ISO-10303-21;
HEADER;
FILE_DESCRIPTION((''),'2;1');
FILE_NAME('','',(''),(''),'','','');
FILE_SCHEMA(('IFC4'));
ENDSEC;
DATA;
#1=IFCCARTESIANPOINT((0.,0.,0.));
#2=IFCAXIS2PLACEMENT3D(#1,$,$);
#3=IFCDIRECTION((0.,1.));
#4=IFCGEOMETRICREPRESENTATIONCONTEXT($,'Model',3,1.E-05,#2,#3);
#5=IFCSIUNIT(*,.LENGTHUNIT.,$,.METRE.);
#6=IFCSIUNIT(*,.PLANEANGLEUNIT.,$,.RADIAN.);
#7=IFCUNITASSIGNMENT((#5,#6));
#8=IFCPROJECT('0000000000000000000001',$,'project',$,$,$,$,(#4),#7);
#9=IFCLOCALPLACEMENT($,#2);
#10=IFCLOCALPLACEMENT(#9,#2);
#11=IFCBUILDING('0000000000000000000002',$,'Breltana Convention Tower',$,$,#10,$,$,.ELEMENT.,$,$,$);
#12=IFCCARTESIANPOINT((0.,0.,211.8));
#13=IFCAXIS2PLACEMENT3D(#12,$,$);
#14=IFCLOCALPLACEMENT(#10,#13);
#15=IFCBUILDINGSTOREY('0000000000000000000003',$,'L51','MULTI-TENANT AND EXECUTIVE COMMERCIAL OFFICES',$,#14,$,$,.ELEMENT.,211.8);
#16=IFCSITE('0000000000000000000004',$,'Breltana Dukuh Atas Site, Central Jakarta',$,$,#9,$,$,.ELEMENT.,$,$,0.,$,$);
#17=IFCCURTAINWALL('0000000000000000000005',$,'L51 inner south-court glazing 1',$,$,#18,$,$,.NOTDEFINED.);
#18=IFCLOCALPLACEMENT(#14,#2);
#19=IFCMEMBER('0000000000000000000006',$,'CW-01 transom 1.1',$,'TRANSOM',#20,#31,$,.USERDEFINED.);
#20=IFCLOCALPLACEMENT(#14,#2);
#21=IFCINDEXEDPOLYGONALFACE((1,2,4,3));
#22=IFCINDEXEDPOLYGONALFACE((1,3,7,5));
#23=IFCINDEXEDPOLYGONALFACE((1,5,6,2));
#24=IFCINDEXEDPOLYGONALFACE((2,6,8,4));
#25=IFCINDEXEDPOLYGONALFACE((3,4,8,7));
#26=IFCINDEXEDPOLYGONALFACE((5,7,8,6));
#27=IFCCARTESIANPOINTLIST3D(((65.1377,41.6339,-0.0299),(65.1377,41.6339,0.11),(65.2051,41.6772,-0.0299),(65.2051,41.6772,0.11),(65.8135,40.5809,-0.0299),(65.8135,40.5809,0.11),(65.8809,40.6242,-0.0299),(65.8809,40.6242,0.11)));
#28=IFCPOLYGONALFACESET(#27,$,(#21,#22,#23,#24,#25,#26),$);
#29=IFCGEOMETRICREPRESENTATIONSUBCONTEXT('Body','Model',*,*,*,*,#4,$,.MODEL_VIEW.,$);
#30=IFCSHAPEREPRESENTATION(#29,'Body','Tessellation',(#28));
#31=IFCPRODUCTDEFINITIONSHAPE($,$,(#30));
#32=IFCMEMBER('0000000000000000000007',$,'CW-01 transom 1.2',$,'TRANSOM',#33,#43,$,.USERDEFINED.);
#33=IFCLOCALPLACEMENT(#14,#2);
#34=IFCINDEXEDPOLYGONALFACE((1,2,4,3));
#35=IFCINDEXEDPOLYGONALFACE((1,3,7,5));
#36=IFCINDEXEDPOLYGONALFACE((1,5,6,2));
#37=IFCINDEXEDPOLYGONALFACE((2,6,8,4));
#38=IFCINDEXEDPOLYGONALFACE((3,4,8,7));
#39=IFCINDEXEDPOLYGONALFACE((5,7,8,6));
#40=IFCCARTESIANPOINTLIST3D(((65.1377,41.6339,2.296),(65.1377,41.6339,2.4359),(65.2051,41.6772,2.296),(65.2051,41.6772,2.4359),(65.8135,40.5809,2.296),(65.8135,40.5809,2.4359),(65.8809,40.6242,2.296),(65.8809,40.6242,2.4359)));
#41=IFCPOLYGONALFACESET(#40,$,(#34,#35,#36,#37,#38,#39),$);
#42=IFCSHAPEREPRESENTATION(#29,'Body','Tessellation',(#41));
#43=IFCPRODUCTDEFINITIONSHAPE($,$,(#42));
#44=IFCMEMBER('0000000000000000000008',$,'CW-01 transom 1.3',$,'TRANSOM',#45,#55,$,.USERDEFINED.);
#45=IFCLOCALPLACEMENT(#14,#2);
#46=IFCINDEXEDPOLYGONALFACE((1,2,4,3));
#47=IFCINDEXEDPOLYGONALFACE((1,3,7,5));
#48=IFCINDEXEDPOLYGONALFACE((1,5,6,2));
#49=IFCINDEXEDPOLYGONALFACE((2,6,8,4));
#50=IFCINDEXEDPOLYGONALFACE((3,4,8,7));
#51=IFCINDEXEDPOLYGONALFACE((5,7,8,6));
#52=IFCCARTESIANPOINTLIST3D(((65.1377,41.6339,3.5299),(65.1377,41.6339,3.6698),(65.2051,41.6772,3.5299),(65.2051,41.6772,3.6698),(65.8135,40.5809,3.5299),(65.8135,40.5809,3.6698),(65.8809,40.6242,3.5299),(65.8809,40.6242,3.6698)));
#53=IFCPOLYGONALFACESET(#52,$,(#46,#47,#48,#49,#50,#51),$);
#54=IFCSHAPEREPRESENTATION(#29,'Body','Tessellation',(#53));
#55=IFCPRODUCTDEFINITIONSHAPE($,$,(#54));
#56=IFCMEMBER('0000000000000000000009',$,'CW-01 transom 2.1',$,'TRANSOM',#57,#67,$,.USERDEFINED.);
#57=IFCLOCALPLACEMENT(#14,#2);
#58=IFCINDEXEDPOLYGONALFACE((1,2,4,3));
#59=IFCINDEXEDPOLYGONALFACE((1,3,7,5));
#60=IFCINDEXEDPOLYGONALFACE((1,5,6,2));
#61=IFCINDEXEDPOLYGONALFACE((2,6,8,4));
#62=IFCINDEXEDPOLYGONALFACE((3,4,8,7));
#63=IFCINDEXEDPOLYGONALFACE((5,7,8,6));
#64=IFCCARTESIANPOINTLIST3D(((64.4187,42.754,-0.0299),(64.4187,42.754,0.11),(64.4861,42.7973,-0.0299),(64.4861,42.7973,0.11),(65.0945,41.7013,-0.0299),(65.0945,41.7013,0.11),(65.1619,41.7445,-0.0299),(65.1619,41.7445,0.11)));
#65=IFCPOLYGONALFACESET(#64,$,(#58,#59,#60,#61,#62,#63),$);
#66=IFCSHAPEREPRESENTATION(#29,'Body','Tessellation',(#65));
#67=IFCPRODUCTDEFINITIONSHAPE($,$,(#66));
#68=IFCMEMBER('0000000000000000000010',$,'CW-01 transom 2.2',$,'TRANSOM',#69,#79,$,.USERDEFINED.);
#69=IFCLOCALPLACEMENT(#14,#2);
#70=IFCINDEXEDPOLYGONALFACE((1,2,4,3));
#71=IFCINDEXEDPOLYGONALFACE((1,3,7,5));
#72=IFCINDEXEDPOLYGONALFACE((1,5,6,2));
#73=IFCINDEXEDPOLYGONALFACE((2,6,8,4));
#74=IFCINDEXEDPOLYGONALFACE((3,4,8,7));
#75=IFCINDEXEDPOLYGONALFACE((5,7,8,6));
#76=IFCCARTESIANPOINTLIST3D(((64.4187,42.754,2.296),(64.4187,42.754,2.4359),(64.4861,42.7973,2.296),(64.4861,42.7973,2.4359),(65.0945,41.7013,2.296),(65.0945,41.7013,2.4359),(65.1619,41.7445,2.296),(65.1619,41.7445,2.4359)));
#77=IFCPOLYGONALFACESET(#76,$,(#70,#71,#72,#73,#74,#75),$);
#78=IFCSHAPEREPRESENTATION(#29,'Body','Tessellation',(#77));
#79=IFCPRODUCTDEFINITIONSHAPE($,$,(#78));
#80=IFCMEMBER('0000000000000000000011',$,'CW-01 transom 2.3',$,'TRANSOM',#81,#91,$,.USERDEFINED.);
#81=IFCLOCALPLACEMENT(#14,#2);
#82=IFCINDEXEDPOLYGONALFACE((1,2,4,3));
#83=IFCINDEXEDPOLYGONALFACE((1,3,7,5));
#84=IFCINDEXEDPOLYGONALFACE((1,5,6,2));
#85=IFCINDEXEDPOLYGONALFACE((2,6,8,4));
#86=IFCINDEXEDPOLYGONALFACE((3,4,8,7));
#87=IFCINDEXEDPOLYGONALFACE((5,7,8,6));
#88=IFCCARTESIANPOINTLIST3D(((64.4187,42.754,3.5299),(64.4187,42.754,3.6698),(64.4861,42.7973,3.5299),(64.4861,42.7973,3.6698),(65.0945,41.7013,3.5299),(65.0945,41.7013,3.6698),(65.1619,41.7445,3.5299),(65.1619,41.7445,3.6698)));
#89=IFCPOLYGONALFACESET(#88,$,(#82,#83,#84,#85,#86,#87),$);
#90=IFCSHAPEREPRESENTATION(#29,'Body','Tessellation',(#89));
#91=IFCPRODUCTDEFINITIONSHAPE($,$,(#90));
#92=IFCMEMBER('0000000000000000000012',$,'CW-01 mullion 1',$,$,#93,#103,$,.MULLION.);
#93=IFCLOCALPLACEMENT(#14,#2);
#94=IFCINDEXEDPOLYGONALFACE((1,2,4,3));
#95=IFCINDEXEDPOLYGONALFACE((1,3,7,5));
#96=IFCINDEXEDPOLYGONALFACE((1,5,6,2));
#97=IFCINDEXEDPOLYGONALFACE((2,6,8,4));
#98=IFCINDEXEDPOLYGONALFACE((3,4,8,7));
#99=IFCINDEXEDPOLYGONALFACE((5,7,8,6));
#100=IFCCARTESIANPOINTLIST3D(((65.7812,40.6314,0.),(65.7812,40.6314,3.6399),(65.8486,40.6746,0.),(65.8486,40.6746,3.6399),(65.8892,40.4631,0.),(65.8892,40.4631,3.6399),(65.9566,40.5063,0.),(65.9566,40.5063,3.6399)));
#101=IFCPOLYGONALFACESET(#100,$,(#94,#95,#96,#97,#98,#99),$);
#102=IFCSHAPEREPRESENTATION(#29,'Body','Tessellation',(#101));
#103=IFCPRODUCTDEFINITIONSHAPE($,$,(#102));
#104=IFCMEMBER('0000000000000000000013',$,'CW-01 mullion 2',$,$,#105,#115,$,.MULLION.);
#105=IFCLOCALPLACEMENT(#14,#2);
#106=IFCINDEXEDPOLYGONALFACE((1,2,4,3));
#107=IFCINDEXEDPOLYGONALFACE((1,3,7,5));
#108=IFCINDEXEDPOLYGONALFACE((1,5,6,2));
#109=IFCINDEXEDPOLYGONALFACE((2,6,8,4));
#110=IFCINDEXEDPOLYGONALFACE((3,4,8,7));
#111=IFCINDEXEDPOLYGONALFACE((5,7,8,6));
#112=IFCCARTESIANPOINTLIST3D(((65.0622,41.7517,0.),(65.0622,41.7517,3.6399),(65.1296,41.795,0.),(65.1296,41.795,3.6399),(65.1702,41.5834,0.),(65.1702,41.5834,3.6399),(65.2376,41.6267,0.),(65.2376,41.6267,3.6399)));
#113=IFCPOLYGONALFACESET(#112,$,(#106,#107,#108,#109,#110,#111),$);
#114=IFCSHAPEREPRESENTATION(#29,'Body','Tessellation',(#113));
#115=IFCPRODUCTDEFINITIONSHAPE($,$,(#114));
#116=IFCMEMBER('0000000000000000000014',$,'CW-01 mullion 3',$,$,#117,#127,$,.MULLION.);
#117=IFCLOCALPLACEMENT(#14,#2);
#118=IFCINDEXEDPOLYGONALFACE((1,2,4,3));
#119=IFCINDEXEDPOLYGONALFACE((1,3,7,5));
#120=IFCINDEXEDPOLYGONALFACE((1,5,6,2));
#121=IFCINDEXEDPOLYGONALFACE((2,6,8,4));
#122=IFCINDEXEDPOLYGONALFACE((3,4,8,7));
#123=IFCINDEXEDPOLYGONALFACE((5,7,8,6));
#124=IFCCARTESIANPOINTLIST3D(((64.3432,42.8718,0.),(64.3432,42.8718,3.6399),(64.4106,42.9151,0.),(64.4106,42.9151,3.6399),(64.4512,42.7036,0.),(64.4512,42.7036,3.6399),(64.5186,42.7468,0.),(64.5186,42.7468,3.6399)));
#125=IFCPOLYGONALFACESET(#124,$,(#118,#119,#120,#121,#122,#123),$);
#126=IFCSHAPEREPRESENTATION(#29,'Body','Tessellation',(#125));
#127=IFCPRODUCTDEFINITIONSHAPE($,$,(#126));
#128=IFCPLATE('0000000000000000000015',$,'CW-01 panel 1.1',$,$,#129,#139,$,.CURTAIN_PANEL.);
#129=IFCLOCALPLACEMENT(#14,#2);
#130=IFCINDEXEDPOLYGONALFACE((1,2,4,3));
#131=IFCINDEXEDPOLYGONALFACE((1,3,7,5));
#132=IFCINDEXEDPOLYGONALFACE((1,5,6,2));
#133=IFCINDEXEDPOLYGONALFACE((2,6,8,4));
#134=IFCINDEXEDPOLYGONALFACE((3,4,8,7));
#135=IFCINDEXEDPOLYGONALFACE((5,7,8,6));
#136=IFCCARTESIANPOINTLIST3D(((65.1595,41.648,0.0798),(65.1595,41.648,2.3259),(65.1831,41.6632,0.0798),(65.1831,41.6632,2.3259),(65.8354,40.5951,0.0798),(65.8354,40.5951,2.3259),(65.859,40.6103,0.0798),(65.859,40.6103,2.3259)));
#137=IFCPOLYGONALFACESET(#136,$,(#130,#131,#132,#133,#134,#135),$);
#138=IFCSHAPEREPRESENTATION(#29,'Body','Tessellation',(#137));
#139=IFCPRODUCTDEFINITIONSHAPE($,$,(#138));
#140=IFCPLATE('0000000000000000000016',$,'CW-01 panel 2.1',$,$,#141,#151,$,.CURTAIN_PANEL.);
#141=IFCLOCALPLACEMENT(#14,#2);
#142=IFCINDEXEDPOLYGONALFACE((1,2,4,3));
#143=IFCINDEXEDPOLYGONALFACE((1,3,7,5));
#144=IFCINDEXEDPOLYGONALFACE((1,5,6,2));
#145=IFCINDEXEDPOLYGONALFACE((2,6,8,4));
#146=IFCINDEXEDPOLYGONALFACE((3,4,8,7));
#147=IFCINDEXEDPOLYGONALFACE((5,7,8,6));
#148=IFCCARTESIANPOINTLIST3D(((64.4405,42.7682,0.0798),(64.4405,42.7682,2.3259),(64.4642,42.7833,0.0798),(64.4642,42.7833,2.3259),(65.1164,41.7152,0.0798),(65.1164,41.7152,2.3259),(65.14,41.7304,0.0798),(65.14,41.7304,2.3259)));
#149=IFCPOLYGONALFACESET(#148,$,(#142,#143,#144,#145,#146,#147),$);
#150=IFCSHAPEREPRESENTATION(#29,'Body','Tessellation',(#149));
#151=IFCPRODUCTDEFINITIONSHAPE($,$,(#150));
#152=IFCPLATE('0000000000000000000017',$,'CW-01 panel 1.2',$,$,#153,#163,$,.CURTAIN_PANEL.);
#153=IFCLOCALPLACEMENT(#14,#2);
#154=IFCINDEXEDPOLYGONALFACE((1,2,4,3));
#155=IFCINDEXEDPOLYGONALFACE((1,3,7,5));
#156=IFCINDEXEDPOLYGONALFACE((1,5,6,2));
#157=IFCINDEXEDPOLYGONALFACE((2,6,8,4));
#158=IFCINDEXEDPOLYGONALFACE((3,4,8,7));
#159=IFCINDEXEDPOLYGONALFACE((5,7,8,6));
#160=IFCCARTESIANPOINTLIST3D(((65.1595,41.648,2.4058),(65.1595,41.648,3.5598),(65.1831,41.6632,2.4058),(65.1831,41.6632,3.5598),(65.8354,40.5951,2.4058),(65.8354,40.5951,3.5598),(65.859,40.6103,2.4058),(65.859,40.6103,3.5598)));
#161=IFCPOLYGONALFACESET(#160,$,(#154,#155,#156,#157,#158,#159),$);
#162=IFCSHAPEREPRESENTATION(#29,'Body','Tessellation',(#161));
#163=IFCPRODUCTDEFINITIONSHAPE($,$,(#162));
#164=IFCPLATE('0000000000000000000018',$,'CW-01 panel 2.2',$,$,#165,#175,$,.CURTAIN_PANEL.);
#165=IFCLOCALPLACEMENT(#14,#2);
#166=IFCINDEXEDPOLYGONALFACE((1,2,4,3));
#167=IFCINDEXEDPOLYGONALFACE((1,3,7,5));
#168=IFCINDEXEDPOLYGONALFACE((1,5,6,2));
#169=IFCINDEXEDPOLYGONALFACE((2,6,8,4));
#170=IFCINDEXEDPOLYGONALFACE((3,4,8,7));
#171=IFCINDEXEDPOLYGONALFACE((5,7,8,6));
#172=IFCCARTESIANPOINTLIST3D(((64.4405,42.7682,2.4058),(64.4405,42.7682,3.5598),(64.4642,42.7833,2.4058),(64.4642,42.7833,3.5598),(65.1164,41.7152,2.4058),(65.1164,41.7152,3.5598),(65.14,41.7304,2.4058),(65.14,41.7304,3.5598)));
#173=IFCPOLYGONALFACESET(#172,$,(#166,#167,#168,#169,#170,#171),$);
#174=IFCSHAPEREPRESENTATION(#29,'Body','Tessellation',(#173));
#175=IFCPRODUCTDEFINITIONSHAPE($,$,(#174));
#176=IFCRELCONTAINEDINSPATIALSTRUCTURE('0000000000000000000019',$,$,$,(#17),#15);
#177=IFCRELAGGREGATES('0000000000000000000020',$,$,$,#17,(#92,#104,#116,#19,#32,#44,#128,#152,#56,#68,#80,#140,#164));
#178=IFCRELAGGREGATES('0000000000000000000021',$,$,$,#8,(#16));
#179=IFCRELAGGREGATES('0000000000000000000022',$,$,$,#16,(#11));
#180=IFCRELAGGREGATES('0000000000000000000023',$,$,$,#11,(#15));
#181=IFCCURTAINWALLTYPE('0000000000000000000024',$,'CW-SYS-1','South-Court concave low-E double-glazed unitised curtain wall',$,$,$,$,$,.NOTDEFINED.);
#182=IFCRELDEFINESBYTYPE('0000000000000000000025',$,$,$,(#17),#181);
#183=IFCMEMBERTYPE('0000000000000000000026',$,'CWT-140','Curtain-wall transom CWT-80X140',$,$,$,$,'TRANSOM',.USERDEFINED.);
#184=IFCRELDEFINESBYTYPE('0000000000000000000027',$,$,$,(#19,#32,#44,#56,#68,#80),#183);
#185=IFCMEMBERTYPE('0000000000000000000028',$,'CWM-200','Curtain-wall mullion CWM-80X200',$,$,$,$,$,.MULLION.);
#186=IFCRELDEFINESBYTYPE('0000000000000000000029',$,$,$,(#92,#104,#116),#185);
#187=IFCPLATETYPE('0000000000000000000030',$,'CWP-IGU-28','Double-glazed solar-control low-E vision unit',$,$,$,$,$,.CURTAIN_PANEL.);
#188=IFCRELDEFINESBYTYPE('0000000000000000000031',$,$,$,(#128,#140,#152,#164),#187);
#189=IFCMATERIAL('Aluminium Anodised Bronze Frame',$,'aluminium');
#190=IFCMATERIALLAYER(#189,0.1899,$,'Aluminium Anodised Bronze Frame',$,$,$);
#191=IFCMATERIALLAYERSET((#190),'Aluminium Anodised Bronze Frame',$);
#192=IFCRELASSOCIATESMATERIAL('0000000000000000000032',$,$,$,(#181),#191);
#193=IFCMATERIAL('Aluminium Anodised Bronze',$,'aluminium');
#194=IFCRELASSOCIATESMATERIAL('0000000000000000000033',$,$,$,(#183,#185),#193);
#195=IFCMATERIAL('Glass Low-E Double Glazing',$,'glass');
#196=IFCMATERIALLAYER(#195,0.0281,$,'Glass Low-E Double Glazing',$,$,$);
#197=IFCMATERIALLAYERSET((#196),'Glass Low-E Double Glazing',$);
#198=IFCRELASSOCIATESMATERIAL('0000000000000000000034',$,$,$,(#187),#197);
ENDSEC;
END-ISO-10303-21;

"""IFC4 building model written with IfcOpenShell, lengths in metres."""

from ifc_helpers import new_model, si_unit, direction, frame, origin, origin_2d, place, context, subcontext, project, spatial, rectangle, extrude, source, transform, mapped, material, layer, layer_set, material_profile, profile_set, type_object, element, aggregate, save


model = new_model("IFC4")

# Units and contexts
model_context = context("Model", 3, precision=1e-05, world=origin(), true_north=direction((0.0, 1.0)))
body_context = subcontext(model_context, "Body", "Model", "MODEL_VIEW")
ifc_project = project(units=[si_unit("LENGTHUNIT", "METRE"), si_unit("PLANEANGLEUNIT", "RADIAN")], contexts=[model_context])

# Site, building, storey
site_placement = place(None, origin())
site = spatial("IfcSite", under=ifc_project, at=site_placement, Name="Breltana Dukuh Atas Site, Central Jakarta", CompositionType="ELEMENT", RefElevation=0.0)
building_placement = place(site_placement, origin())
building = spatial("IfcBuilding", under=site, at=building_placement, Name="Breltana Convention Tower", CompositionType="ELEMENT")
storey_placement = place(building_placement, frame((0.0, 0.0, 211.8)))
storey = spatial("IfcBuildingStorey", under=building, at=storey_placement, Name="L51", Description="MULTI-TENANT AND EXECUTIVE COMMERCIAL OFFICES", CompositionType="ELEMENT", Elevation=211.8)

# Curtain wall, members, plates
ifc_material_1 = material(Name="Aluminium Anodised Bronze Frame", Category="aluminium")
ifc_layer_1 = layer(ifc_material_1, 0.1899, Name="Aluminium Anodised Bronze Frame")
ifc_layer_set_1 = layer_set([ifc_layer_1], Name="Aluminium Anodised Bronze Frame")
curtain_wall_type = type_object("IfcCurtainWallType", Name="CW-SYS-1", Description="South-Court concave low-E double-glazed unitised curtain wall", PredefinedType="NOTDEFINED", material=ifc_layer_set_1)
curtain_wall_placement = place(storey_placement, origin())
curtain_wall = element("IfcCurtainWall", 1, at=curtain_wall_placement, inside=storey, type_object=curtain_wall_type, Name="L51 inner south-court glazing 1", PredefinedType="NOTDEFINED")
ifc_material_2 = material(Name="Aluminium Anodised Bronze", Category="aluminium")
ifc_material_profile_1 = material_profile(ifc_material_2, rectangle(XDim=0.0801, YDim=0.1399, at=origin_2d()), Name="CWT-80X140")
ifc_profile_set_1 = profile_set([ifc_material_profile_1], Name="Aluminium Anodised Bronze")
member_type_1 = type_object("IfcMemberType", Name="CWT-140", Description="Curtain-wall transom CWT-80X140", ElementType="TRANSOM", PredefinedType="USERDEFINED", material=ifc_profile_set_1)
shared_shape_1 = source(origin(), body_context, "Body", "SweptSolid", [
    extrude(rectangle(XDim=0.0801, YDim=0.1399, at=origin_2d()), origin(), (0.0, 0.0, 1.0), 1.2512),
])
member_1_placement = place(storey_placement, frame((65.8472, 40.6025, 0.04), z_axis=(-0.540116, 0.84159, 0.0), x_axis=(-0.84159, -0.540116, 0.0)))
member_1 = element("IfcMember", 2, at=member_1_placement, type_object=member_type_1, Name="CW-01 transom 1.1", ObjectType="TRANSOM", PredefinedType="USERDEFINED", context=body_context, shape_type="MappedRepresentation", body=[
    mapped(shared_shape_1, transform((0.0, 0.0, 0.0), scale=1.0)),
])
member_2_placement = place(storey_placement, frame((65.8472, 40.6025, 2.366), z_axis=(-0.540116, 0.84159, 0.0), x_axis=(-0.84159, -0.540116, 0.0)))
member_2 = element("IfcMember", 3, at=member_2_placement, type_object=member_type_1, Name="CW-01 transom 1.2", ObjectType="TRANSOM", PredefinedType="USERDEFINED", context=body_context, shape_type="MappedRepresentation", body=[
    mapped(shared_shape_1, transform((0.0, 0.0, 0.0), scale=1.0)),
])
member_3_placement = place(storey_placement, frame((65.8472, 40.6025, 3.5999), z_axis=(-0.540116, 0.84159, 0.0), x_axis=(-0.84159, -0.540116, 0.0)))
member_3 = element("IfcMember", 4, at=member_3_placement, type_object=member_type_1, Name="CW-01 transom 1.3", ObjectType="TRANSOM", PredefinedType="USERDEFINED", context=body_context, shape_type="MappedRepresentation", body=[
    mapped(shared_shape_1, transform((0.0, 0.0, 0.0), scale=1.0)),
])
shared_shape_2 = source(origin(), body_context, "Body", "SweptSolid", [
    extrude(rectangle(XDim=0.0801, YDim=0.1399, at=origin_2d()), origin(), (0.0, 0.0, 1.0), 1.251),
])
member_4_placement = place(storey_placement, frame((65.1282, 41.7229, 0.04), z_axis=(-0.540205, 0.841533, 0.0), x_axis=(-0.841533, -0.540205, 0.0)))
member_4 = element("IfcMember", 5, at=member_4_placement, type_object=member_type_1, Name="CW-01 transom 2.1", ObjectType="TRANSOM", PredefinedType="USERDEFINED", context=body_context, shape_type="MappedRepresentation", body=[
    mapped(shared_shape_2, transform((0.0, 0.0, 0.0), scale=1.0)),
])
member_5_placement = place(storey_placement, frame((65.1282, 41.7229, 2.366), z_axis=(-0.540205, 0.841533, 0.0), x_axis=(-0.841533, -0.540205, 0.0)))
member_5 = element("IfcMember", 6, at=member_5_placement, type_object=member_type_1, Name="CW-01 transom 2.2", ObjectType="TRANSOM", PredefinedType="USERDEFINED", context=body_context, shape_type="MappedRepresentation", body=[
    mapped(shared_shape_2, transform((0.0, 0.0, 0.0), scale=1.0)),
])
member_6_placement = place(storey_placement, frame((65.1282, 41.7229, 3.5999), z_axis=(-0.540205, 0.841533, 0.0), x_axis=(-0.841533, -0.540205, 0.0)))
member_6 = element("IfcMember", 7, at=member_6_placement, type_object=member_type_1, Name="CW-01 transom 2.3", ObjectType="TRANSOM", PredefinedType="USERDEFINED", context=body_context, shape_type="MappedRepresentation", body=[
    mapped(shared_shape_2, transform((0.0, 0.0, 0.0), scale=1.0)),
])
ifc_material_profile_2 = material_profile(ifc_material_2, rectangle(XDim=0.0801, YDim=0.2, at=origin_2d()), Name="CWM-80X200")
ifc_profile_set_2 = profile_set([ifc_material_profile_2], Name="Aluminium Anodised Bronze")
member_type_2 = type_object("IfcMemberType", Name="CWM-200", Description="Curtain-wall mullion CWM-80X200", PredefinedType="MULLION", material=ifc_profile_set_2)
shared_shape_3 = source(origin(), body_context, "Body", "SweptSolid", [
    extrude(rectangle(XDim=0.0801, YDim=0.2, at=origin_2d()), origin(), (0.0, 0.0, 1.0), 3.6399),
])
member_7_placement = place(storey_placement, frame((65.8689, 40.5688, 0.0), z_axis=(0.0, 0.0, 1.0), x_axis=(-0.841547, -0.540184, 0.0)))
member_7 = element("IfcMember", 8, at=member_7_placement, type_object=member_type_2, Name="CW-01 mullion 1", PredefinedType="MULLION", context=body_context, shape_type="MappedRepresentation", body=[
    mapped(shared_shape_3, transform((0.0, 0.0, 0.0), scale=1.0)),
])
member_8_placement = place(storey_placement, frame((65.1499, 41.6892, 0.0), z_axis=(0.0, 0.0, 1.0), x_axis=(-0.841547, -0.540184, 0.0)))
member_8 = element("IfcMember", 9, at=member_8_placement, type_object=member_type_2, Name="CW-01 mullion 2", PredefinedType="MULLION", context=body_context, shape_type="MappedRepresentation", body=[
    mapped(shared_shape_3, transform((0.0, 0.0, 0.0), scale=1.0)),
])
member_9_placement = place(storey_placement, frame((64.4309, 42.8093, 0.0), z_axis=(0.0, 0.0, 1.0), x_axis=(-0.841547, -0.540184, 0.0)))
member_9 = element("IfcMember", 10, at=member_9_placement, type_object=member_type_2, Name="CW-01 mullion 3", PredefinedType="MULLION", context=body_context, shape_type="MappedRepresentation", body=[
    mapped(shared_shape_3, transform((0.0, 0.0, 0.0), scale=1.0)),
])
ifc_material_3 = material(Name="Glass Low-E Double Glazing", Category="glass")
ifc_layer_2 = layer(ifc_material_3, 0.0281, Name="Glass Low-E Double Glazing")
ifc_layer_set_2 = layer_set([ifc_layer_2], Name="Glass Low-E Double Glazing")
plate_type = type_object("IfcPlateType", Name="CWP-IGU-28", Description="Double-glazed solar-control low-E vision unit", PredefinedType="CURTAIN_PANEL", material=ifc_layer_set_2)
shared_shape_4 = source(origin(), body_context, "Body", "SweptSolid", [
    extrude(rectangle(XDim=1.2512, YDim=0.0281, at=origin_2d()), origin(), (0.0, 0.0, 1.0), 2.2461),
])
plate_1_placement = place(storey_placement, frame((65.5093, 41.1292, 0.0798), z_axis=(0.0, 0.0, 1.0), x_axis=(-0.540184, 0.841547, 0.0)))
plate_1 = element("IfcPlate", 11, at=plate_1_placement, type_object=plate_type, Name="CW-01 panel 1.1", PredefinedType="CURTAIN_PANEL", context=body_context, shape_type="MappedRepresentation", body=[
    mapped(shared_shape_4, transform((0.0, 0.0, 0.0), scale=1.0)),
])
plate_2_placement = place(storey_placement, frame((64.7903, 42.2493, 0.0798), z_axis=(0.0, 0.0, 1.0), x_axis=(-0.540184, 0.841547, 0.0)))
plate_2 = element("IfcPlate", 12, at=plate_2_placement, type_object=plate_type, Name="CW-01 panel 2.1", PredefinedType="CURTAIN_PANEL", context=body_context, shape_type="MappedRepresentation", body=[
    mapped(shared_shape_4, transform((0.0, 0.0, 0.0), scale=1.0)),
])
shared_shape_5 = source(origin(), body_context, "Body", "SweptSolid", [
    extrude(rectangle(XDim=1.2512, YDim=0.0281, at=origin_2d()), origin(), (0.0, 0.0, 1.0), 1.1541),
])
plate_3_placement = place(storey_placement, frame((65.5093, 41.1292, 2.4058), z_axis=(0.0, 0.0, 1.0), x_axis=(-0.540184, 0.841547, 0.0)))
plate_3 = element("IfcPlate", 13, at=plate_3_placement, type_object=plate_type, Name="CW-01 panel 1.2", PredefinedType="CURTAIN_PANEL", context=body_context, shape_type="MappedRepresentation", body=[
    mapped(shared_shape_5, transform((0.0, 0.0, 0.0), scale=1.0)),
])
plate_4_placement = place(storey_placement, frame((64.7903, 42.2493, 2.4058), z_axis=(0.0, 0.0, 1.0), x_axis=(-0.540184, 0.841547, 0.0)))
plate_4 = element("IfcPlate", 14, at=plate_4_placement, type_object=plate_type, Name="CW-01 panel 2.2", PredefinedType="CURTAIN_PANEL", context=body_context, shape_type="MappedRepresentation", body=[
    mapped(shared_shape_5, transform((0.0, 0.0, 0.0), scale=1.0)),
])
aggregate(curtain_wall, [member_7, member_8, member_9, member_1, member_2, member_3, plate_1, plate_3, member_4, member_5, member_6, plate_2, plate_4])

save(model, "model.ifc")
